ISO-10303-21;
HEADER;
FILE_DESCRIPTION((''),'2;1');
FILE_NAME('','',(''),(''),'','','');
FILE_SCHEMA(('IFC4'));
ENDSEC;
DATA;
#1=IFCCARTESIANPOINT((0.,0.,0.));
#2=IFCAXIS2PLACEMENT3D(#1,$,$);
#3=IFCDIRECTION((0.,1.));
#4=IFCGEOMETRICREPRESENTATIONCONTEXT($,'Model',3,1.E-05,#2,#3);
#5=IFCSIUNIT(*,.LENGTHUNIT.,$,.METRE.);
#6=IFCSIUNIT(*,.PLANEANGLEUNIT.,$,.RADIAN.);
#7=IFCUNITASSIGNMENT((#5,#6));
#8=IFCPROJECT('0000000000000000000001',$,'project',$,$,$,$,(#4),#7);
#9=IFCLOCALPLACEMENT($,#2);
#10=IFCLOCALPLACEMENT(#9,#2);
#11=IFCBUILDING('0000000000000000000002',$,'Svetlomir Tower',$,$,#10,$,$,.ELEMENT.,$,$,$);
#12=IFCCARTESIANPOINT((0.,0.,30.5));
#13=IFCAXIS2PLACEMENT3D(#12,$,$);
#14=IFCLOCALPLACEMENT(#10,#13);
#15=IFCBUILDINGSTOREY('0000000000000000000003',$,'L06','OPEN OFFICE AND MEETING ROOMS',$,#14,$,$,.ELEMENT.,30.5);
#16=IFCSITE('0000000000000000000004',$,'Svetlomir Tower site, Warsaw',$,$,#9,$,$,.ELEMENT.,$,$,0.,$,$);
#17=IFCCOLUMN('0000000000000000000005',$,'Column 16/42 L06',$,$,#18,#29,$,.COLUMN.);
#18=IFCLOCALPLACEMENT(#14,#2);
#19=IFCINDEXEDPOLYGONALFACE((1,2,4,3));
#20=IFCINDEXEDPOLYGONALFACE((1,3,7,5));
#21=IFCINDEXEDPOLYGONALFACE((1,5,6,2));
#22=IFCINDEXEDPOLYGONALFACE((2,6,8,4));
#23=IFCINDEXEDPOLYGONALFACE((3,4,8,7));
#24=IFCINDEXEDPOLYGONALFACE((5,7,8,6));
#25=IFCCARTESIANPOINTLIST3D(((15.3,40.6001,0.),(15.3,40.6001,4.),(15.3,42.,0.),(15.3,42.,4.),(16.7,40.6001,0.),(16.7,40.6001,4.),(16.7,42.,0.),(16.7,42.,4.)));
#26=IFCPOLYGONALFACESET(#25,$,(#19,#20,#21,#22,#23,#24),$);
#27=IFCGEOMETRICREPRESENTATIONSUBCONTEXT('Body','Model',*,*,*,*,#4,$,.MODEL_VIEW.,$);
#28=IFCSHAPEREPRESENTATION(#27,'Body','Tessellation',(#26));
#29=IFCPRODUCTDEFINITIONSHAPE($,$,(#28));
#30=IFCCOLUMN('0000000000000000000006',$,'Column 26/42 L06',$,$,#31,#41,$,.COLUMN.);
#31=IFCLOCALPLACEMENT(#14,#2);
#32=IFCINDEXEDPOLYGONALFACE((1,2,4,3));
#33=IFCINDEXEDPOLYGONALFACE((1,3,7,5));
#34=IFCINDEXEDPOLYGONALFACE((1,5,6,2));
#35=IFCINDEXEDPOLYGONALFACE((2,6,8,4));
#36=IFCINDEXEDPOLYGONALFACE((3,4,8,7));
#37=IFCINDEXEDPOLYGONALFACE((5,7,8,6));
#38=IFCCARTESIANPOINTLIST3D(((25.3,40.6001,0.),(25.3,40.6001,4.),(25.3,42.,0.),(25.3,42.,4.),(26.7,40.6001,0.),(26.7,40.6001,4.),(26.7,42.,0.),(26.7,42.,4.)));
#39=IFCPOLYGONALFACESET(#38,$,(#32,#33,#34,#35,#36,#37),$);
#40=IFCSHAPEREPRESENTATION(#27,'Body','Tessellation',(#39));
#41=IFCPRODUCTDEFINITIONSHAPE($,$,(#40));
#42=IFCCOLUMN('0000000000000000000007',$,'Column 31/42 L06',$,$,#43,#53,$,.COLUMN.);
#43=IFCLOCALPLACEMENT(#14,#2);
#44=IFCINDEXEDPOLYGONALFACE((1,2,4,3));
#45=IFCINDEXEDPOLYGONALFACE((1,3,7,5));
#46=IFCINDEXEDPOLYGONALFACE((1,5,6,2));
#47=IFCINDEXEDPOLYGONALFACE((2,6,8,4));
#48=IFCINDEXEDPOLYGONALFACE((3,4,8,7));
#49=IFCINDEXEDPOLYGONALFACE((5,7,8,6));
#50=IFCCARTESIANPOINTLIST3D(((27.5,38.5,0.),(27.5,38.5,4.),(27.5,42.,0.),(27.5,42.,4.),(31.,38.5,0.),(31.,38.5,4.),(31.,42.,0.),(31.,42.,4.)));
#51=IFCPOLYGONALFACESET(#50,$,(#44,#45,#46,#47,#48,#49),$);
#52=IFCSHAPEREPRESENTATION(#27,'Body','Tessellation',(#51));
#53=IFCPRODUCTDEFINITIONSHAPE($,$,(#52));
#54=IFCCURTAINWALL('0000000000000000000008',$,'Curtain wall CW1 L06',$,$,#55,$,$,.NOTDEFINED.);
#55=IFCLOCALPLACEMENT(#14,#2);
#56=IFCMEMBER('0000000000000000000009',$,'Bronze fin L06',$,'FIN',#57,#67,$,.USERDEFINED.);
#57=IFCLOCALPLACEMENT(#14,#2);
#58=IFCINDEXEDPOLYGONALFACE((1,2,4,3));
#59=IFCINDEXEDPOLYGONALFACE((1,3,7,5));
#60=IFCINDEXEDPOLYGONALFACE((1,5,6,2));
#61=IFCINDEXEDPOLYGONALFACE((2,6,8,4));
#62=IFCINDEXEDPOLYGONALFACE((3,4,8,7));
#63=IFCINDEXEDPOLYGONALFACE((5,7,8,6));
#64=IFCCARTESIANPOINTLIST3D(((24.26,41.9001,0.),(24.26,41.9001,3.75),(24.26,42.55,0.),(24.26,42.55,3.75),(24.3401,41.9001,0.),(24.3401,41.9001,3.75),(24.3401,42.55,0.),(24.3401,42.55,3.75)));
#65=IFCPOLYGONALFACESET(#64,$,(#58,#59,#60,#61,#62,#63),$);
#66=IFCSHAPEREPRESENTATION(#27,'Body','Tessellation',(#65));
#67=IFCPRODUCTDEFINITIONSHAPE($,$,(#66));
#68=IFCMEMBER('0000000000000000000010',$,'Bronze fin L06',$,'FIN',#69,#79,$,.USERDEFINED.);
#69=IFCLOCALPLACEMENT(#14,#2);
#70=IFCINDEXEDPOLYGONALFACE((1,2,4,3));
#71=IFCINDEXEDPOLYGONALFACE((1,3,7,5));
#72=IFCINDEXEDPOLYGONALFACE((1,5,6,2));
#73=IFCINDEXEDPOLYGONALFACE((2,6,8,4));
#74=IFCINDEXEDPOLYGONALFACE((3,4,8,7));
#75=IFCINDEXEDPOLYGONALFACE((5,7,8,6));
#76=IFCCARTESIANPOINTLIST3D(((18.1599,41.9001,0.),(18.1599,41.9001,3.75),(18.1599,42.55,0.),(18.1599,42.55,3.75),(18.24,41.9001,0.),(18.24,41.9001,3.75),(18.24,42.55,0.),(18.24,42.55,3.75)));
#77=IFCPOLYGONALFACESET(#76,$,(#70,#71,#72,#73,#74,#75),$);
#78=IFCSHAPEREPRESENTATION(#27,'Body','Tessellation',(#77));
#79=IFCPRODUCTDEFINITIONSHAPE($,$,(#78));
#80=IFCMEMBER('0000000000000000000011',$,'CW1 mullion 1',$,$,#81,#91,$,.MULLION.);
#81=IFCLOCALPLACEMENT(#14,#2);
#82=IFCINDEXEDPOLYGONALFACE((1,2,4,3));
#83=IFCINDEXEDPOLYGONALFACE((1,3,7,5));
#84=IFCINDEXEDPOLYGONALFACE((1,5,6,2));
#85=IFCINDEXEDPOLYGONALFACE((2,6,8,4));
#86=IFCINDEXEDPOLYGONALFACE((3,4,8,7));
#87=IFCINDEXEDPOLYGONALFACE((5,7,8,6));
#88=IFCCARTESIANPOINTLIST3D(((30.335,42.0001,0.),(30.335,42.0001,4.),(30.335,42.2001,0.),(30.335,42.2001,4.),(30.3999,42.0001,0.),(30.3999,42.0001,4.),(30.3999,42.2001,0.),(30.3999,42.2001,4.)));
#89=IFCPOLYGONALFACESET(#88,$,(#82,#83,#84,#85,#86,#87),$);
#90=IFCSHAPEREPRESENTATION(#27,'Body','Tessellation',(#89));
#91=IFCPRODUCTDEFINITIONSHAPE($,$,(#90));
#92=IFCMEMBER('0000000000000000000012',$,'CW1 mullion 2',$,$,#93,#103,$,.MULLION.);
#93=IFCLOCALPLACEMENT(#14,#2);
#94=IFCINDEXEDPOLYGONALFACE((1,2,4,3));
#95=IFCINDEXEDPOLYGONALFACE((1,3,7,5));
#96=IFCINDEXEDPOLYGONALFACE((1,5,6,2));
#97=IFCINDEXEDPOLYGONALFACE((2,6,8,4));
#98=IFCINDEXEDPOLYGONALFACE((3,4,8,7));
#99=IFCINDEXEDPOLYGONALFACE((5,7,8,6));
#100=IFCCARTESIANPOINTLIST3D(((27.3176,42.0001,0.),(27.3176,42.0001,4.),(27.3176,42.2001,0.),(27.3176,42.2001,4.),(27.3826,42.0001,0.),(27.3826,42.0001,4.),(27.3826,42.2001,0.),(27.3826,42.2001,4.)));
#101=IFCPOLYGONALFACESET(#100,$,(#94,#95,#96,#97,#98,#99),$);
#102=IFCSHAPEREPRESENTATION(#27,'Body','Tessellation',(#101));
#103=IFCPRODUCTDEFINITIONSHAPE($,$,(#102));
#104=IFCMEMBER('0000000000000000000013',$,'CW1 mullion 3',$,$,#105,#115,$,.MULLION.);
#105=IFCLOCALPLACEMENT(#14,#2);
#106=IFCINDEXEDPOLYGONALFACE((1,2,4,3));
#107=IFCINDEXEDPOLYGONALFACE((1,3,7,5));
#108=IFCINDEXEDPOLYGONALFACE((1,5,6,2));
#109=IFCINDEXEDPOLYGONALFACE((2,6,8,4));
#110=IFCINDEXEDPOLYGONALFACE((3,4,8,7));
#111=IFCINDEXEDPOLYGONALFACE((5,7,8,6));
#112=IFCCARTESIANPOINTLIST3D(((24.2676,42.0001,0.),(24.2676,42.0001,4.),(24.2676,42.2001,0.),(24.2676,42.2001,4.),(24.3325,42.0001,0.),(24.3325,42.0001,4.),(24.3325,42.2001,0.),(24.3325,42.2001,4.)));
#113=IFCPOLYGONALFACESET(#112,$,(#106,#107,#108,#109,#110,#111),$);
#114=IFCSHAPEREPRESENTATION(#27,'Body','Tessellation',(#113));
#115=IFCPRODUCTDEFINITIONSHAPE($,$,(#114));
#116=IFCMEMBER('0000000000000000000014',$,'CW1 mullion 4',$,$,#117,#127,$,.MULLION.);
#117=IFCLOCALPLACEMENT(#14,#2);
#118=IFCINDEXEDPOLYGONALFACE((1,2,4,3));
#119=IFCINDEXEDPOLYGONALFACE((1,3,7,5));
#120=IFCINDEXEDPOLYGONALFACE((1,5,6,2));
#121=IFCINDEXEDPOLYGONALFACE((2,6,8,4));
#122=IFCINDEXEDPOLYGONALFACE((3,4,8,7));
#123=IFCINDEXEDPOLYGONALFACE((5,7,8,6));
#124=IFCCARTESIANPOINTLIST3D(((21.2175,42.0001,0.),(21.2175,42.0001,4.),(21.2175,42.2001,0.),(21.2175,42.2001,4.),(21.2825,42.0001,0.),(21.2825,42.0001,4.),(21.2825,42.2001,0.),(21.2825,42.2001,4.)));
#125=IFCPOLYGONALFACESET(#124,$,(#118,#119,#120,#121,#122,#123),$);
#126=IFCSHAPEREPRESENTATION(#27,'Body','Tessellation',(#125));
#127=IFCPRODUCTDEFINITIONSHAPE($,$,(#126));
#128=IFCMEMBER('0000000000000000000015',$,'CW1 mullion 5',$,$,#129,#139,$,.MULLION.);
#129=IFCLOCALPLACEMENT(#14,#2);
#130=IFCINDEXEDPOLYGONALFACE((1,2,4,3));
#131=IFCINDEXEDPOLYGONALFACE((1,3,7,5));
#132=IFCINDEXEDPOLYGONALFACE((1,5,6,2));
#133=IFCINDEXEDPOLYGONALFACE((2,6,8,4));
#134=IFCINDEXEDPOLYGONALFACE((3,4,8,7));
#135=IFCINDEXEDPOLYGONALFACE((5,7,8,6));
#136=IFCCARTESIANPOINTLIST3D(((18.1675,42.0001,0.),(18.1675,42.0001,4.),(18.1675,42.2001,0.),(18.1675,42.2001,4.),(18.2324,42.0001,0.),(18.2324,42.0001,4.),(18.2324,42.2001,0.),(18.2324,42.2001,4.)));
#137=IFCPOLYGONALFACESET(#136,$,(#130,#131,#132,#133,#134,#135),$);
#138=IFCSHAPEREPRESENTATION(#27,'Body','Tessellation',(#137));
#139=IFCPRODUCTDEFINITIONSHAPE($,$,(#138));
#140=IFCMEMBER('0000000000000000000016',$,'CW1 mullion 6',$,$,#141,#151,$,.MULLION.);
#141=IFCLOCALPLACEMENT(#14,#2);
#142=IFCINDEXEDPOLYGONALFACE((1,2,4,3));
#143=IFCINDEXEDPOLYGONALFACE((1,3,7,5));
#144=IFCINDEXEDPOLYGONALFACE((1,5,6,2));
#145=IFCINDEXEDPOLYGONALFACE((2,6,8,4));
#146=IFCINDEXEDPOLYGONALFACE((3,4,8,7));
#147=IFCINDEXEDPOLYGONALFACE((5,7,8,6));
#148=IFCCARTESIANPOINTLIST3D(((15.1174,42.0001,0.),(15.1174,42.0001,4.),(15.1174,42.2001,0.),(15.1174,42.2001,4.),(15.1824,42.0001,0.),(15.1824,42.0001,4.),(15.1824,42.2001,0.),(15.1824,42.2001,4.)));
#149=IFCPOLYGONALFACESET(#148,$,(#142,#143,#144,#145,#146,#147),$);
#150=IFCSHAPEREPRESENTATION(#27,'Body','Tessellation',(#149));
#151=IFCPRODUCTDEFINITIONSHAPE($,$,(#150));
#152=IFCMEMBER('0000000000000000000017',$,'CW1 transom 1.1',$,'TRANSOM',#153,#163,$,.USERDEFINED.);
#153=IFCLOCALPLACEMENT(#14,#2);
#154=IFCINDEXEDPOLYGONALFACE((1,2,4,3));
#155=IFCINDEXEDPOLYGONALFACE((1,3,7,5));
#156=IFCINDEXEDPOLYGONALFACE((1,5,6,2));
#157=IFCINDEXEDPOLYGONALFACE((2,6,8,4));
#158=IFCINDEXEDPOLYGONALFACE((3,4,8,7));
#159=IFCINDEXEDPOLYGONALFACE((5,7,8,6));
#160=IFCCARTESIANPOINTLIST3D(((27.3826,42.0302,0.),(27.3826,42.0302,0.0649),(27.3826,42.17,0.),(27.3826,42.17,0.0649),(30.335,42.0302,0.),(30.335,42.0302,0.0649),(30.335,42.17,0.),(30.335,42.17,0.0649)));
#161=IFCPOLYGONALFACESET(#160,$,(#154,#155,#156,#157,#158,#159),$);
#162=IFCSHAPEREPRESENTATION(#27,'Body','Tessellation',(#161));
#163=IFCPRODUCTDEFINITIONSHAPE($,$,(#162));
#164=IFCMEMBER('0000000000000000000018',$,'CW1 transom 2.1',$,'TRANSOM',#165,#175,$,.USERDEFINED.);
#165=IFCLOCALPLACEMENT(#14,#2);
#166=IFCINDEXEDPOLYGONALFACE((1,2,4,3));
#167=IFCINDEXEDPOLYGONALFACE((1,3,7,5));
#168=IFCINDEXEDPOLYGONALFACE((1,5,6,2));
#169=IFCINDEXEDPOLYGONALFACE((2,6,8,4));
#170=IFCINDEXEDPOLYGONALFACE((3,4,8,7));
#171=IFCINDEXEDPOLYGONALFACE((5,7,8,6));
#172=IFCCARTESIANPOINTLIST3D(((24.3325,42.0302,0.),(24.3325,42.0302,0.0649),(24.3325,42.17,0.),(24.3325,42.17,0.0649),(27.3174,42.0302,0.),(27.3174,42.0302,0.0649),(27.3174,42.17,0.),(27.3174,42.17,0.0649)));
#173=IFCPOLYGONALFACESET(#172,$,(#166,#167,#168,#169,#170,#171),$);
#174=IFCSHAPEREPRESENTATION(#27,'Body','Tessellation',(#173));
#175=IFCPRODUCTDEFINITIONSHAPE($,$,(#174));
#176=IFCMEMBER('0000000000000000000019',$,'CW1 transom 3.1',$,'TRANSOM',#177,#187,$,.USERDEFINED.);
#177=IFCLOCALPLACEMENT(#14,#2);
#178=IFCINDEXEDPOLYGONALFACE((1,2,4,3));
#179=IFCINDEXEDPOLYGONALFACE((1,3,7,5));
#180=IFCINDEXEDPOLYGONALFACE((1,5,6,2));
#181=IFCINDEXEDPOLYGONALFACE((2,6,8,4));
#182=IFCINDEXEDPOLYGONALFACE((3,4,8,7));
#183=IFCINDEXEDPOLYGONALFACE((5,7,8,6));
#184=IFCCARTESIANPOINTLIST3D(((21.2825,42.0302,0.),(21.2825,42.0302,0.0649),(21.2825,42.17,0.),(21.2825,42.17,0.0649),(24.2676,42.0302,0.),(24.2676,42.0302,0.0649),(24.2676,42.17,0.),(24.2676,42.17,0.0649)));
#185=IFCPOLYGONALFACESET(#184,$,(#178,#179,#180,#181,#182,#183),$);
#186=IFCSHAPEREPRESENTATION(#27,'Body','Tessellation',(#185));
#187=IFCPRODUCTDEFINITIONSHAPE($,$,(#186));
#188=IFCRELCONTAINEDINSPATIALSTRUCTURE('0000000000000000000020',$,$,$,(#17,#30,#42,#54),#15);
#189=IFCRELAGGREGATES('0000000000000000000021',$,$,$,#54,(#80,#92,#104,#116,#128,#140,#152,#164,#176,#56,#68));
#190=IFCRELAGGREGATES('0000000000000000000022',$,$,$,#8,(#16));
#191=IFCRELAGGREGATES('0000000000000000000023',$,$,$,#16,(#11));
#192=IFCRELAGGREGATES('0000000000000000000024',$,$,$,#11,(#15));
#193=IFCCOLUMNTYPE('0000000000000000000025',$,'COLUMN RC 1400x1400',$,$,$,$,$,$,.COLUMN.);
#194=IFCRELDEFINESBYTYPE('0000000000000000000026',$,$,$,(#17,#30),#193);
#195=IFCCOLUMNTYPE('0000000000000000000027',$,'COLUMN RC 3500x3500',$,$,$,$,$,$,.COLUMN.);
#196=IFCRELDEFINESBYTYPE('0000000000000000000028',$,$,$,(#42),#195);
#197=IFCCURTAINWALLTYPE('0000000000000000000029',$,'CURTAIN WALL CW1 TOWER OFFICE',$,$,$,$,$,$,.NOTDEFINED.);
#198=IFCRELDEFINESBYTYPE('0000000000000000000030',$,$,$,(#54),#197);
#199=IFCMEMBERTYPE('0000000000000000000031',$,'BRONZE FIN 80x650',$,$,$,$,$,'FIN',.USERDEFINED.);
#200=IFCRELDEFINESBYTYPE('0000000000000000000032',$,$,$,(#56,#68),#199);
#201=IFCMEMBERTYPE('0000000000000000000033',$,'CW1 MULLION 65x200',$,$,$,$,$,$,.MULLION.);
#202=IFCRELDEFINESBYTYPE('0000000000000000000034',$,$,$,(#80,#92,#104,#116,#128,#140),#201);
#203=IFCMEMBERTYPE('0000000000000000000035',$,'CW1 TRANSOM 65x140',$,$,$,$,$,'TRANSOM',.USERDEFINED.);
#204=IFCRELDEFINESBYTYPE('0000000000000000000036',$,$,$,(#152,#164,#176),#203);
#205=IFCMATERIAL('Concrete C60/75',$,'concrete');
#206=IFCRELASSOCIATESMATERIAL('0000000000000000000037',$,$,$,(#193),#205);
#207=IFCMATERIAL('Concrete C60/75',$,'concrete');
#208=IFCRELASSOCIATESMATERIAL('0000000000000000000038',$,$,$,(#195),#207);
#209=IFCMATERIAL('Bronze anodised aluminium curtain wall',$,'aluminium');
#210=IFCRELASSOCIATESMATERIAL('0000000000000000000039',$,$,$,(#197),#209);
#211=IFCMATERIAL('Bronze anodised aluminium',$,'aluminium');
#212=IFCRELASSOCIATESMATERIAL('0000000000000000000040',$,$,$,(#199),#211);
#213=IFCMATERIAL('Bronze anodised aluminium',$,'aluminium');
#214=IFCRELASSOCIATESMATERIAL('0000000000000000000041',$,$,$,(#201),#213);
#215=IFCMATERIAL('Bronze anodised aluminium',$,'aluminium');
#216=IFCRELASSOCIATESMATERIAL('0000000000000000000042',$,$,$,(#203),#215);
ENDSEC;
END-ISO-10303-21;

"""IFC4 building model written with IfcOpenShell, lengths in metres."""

from ifc_helpers import new_model, si_unit, direction, frame, origin, origin_2d, place, context, subcontext, project, spatial, rectangle, extrude, material, material_profile, profile_set, type_object, element, aggregate, save


model = new_model("IFC4")

# Units and contexts
model_context = context("Model", 3, precision=1e-05, world=origin(), true_north=direction((0.0, 1.0)))
body_context = subcontext(model_context, "Body", "Model", "MODEL_VIEW")
ifc_project = project(units=[si_unit("LENGTHUNIT", "METRE"), si_unit("PLANEANGLEUNIT", "RADIAN")], contexts=[model_context])

# Site, building, storey
site_placement = place(None, origin())
site = spatial("IfcSite", under=ifc_project, at=site_placement, Name="Svetlomir Tower site, Warsaw", CompositionType="ELEMENT", RefElevation=0.0)
building_placement = place(site_placement, origin())
building = spatial("IfcBuilding", under=site, at=building_placement, Name="Svetlomir Tower", CompositionType="ELEMENT")
storey_placement = place(building_placement, frame((0.0, 0.0, 30.5)))
storey = spatial("IfcBuildingStorey", under=building, at=storey_placement, Name="L06", Description="OPEN OFFICE AND MEETING ROOMS", CompositionType="ELEMENT", Elevation=30.5)

# Columns
ifc_material_1 = material(Name="Concrete C60/75", Category="concrete")
ifc_material_profile_1 = material_profile(ifc_material_1, rectangle(XDim=1.3999, YDim=1.3999, at=origin_2d()), Name="RC 1400x1400")
ifc_profile_set_1 = profile_set([ifc_material_profile_1], Name="Concrete C60/75")
column_type_1 = type_object("IfcColumnType", Name="COLUMN RC 1400x1400", PredefinedType="COLUMN", material=ifc_profile_set_1)
for number, where, z_axis, x_axis, name in (
    (1, (16.0, 41.3, 0.0), (0.0, 0.0, 1.0), (1.0, 0.0, 0.0), "Column 16/42 L06"),
    (2, (26.0, 41.3, 0.0), (0.0, 0.0, 1.0), (1.0, 0.0, 0.0), "Column 26/42 L06"),
):
    element("IfcColumn", number, at=place(storey_placement, frame(where, z_axis=z_axis, x_axis=x_axis)), inside=storey, type_object=column_type_1, Name=name, PredefinedType="COLUMN", context=body_context, shape_type="SweptSolid", body=[
        extrude(rectangle(XDim=1.3999, YDim=1.3999, at=origin_2d()), origin(), (0.0, 0.0, 1.0), 4.0),
    ])
ifc_material_2 = material(Name="Concrete C60/75", Category="concrete")
ifc_material_profile_2 = material_profile(ifc_material_2, rectangle(XDim=3.5, YDim=3.5, at=origin_2d()), Name="RC 3500x3500")
ifc_profile_set_2 = profile_set([ifc_material_profile_2], Name="Concrete C60/75")
column_type_2 = type_object("IfcColumnType", Name="COLUMN RC 3500x3500", PredefinedType="COLUMN", material=ifc_profile_set_2)
column_placement = place(storey_placement, frame((29.25, 40.25, 0.0), z_axis=(0.0, 0.0, 1.0), x_axis=(1.0, 0.0, 0.0)))
element("IfcColumn", 3, at=column_placement, inside=storey, type_object=column_type_2, Name="Column 31/42 L06", PredefinedType="COLUMN", context=body_context, shape_type="SweptSolid", body=[
    extrude(rectangle(XDim=3.5, YDim=3.5, at=origin_2d()), origin(), (0.0, 0.0, 1.0), 4.0),
])

# Curtain wall, members
ifc_material_3 = material(Name="Bronze anodised aluminium curtain wall", Category="aluminium")
curtain_wall_type = type_object("IfcCurtainWallType", Name="CURTAIN WALL CW1 TOWER OFFICE", PredefinedType="NOTDEFINED", material=ifc_material_3)
curtain_wall_placement = place(storey_placement, origin())
curtain_wall = element("IfcCurtainWall", 4, at=curtain_wall_placement, inside=storey, type_object=curtain_wall_type, Name="Curtain wall CW1 L06", PredefinedType="NOTDEFINED")
ifc_material_4 = material(Name="Bronze anodised aluminium", Category="aluminium")
ifc_material_profile_3 = material_profile(ifc_material_4, rectangle(XDim=0.0801, YDim=0.6499, at=origin_2d()), Name="FIN 80x650")
ifc_profile_set_3 = profile_set([ifc_material_profile_3], Name="Bronze anodised aluminium 6063-T6")
member_type_1 = type_object("IfcMemberType", Name="BRONZE FIN 80x650", ElementType="FIN", PredefinedType="USERDEFINED", material=ifc_profile_set_3)
member_1_placement = place(storey_placement, frame((24.3, 42.2251, 0.0), z_axis=(0.0, 0.0, 1.0), x_axis=(1.0, 0.0, 0.0)))
member_1 = element("IfcMember", 5, at=member_1_placement, type_object=member_type_1, Name="Bronze fin L06", ObjectType="FIN", PredefinedType="USERDEFINED", context=body_context, shape_type="SweptSolid", body=[
    extrude(rectangle(XDim=0.0801, YDim=0.6499, at=origin_2d()), origin(), (0.0, 0.0, 1.0), 3.75),
])
member_2_placement = place(storey_placement, frame((18.2, 42.2251, 0.0), z_axis=(0.0, 0.0, 1.0), x_axis=(1.0, 0.0, 0.0)))
member_2 = element("IfcMember", 6, at=member_2_placement, type_object=member_type_1, Name="Bronze fin L06", ObjectType="FIN", PredefinedType="USERDEFINED", context=body_context, shape_type="SweptSolid", body=[
    extrude(rectangle(XDim=0.0801, YDim=0.6499, at=origin_2d()), origin(), (0.0, 0.0, 1.0), 3.75),
])
ifc_material_5 = material(Name="Bronze anodised aluminium", Category="aluminium")
ifc_material_profile_4 = material_profile(ifc_material_5, rectangle(XDim=0.0649, YDim=0.2, at=origin_2d()), Name="AL 65x200")
ifc_profile_set_4 = profile_set([ifc_material_profile_4], Name="Bronze anodised aluminium 6063-T6")
member_type_2 = type_object("IfcMemberType", Name="CW1 MULLION 65x200", PredefinedType="MULLION", material=ifc_profile_set_4)
member_3_placement = place(storey_placement, frame((30.3674, 42.1001, 0.0), z_axis=(0.0, 0.0, 1.0), x_axis=(-1.0, 0.0, 0.0)))
member_3 = element("IfcMember", 7, at=member_3_placement, type_object=member_type_2, Name="CW1 mullion 1", PredefinedType="MULLION", context=body_context, shape_type="SweptSolid", body=[
    extrude(rectangle(XDim=0.0649, YDim=0.2, at=origin_2d()), origin(), (0.0, 0.0, 1.0), 4.0),
])
member_4_placement = place(storey_placement, frame((27.3501, 42.1001, 0.0), z_axis=(0.0, 0.0, 1.0), x_axis=(-1.0, 0.0, 0.0)))
member_4 = element("IfcMember", 8, at=member_4_placement, type_object=member_type_2, Name="CW1 mullion 2", PredefinedType="MULLION", context=body_context, shape_type="SweptSolid", body=[
    extrude(rectangle(XDim=0.0649, YDim=0.2, at=origin_2d()), origin(), (0.0, 0.0, 1.0), 4.0),
])
member_5_placement = place(storey_placement, frame((24.3, 42.1001, 0.0), z_axis=(0.0, 0.0, 1.0), x_axis=(-1.0, 0.0, 0.0)))
member_5 = element("IfcMember", 9, at=member_5_placement, type_object=member_type_2, Name="CW1 mullion 3", PredefinedType="MULLION", context=body_context, shape_type="SweptSolid", body=[
    extrude(rectangle(XDim=0.0649, YDim=0.2, at=origin_2d()), origin(), (0.0, 0.0, 1.0), 4.0),
])
member_6_placement = place(storey_placement, frame((21.25, 42.1001, 0.0), z_axis=(0.0, 0.0, 1.0), x_axis=(-1.0, 0.0, 0.0)))
member_6 = element("IfcMember", 10, at=member_6_placement, type_object=member_type_2, Name="CW1 mullion 4", PredefinedType="MULLION", context=body_context, shape_type="SweptSolid", body=[
    extrude(rectangle(XDim=0.0649, YDim=0.2, at=origin_2d()), origin(), (0.0, 0.0, 1.0), 4.0),
])
member_7_placement = place(storey_placement, frame((18.2, 42.1001, 0.0), z_axis=(0.0, 0.0, 1.0), x_axis=(-1.0, 0.0, 0.0)))
member_7 = element("IfcMember", 11, at=member_7_placement, type_object=member_type_2, Name="CW1 mullion 5", PredefinedType="MULLION", context=body_context, shape_type="SweptSolid", body=[
    extrude(rectangle(XDim=0.0649, YDim=0.2, at=origin_2d()), origin(), (0.0, 0.0, 1.0), 4.0),
])
member_8_placement = place(storey_placement, frame((15.1499, 42.1001, 0.0), z_axis=(0.0, 0.0, 1.0), x_axis=(-1.0, 0.0, 0.0)))
member_8 = element("IfcMember", 12, at=member_8_placement, type_object=member_type_2, Name="CW1 mullion 6", PredefinedType="MULLION", context=body_context, shape_type="SweptSolid", body=[
    extrude(rectangle(XDim=0.0649, YDim=0.2, at=origin_2d()), origin(), (0.0, 0.0, 1.0), 4.0),
])
ifc_material_6 = material(Name="Bronze anodised aluminium", Category="aluminium")
ifc_material_profile_5 = material_profile(ifc_material_6, rectangle(XDim=0.1399, YDim=0.0649, at=origin_2d()), Name="AL 140x65")
ifc_profile_set_5 = profile_set([ifc_material_profile_5], Name="Bronze anodised aluminium 6063-T6")
member_type_3 = type_object("IfcMemberType", Name="CW1 TRANSOM 65x140", ElementType="TRANSOM", PredefinedType="USERDEFINED", material=ifc_profile_set_5)
member_9_placement = place(storey_placement, frame((30.335, 42.1001, 0.0325), z_axis=(-1.0, 0.0, 0.0), x_axis=(0.0, -1.0, 0.0)))
member_9 = element("IfcMember", 13, at=member_9_placement, type_object=member_type_3, Name="CW1 transom 1.1", ObjectType="TRANSOM", PredefinedType="USERDEFINED", context=body_context, shape_type="SweptSolid", body=[
    extrude(rectangle(XDim=0.1399, YDim=0.0649, at=origin_2d()), origin(), (0.0, 0.0, 1.0), 2.9524),
])
member_10_placement = place(storey_placement, frame((27.3174, 42.1001, 0.0325), z_axis=(-1.0, 0.0, 0.0), x_axis=(0.0, -1.0, 0.0)))
member_10 = element("IfcMember", 14, at=member_10_placement, type_object=member_type_3, Name="CW1 transom 2.1", ObjectType="TRANSOM", PredefinedType="USERDEFINED", context=body_context, shape_type="SweptSolid", body=[
    extrude(rectangle(XDim=0.1399, YDim=0.0649, at=origin_2d()), origin(), (0.0, 0.0, 1.0), 2.9849),
])
member_11_placement = place(storey_placement, frame((24.2676, 42.1001, 0.0325), z_axis=(-1.0, 0.0, 0.0), x_axis=(0.0, -1.0, 0.0)))
member_11 = element("IfcMember", 15, at=member_11_placement, type_object=member_type_3, Name="CW1 transom 3.1", ObjectType="TRANSOM", PredefinedType="USERDEFINED", context=body_context, shape_type="SweptSolid", body=[
    extrude(rectangle(XDim=0.1399, YDim=0.0649, at=origin_2d()), origin(), (0.0, 0.0, 1.0), 2.9851),
])

aggregate(curtain_wall, [member_3, member_4, member_5, member_6, member_7, member_8, member_9, member_10, member_11, member_1, member_2])

save(model, "model.ifc")
